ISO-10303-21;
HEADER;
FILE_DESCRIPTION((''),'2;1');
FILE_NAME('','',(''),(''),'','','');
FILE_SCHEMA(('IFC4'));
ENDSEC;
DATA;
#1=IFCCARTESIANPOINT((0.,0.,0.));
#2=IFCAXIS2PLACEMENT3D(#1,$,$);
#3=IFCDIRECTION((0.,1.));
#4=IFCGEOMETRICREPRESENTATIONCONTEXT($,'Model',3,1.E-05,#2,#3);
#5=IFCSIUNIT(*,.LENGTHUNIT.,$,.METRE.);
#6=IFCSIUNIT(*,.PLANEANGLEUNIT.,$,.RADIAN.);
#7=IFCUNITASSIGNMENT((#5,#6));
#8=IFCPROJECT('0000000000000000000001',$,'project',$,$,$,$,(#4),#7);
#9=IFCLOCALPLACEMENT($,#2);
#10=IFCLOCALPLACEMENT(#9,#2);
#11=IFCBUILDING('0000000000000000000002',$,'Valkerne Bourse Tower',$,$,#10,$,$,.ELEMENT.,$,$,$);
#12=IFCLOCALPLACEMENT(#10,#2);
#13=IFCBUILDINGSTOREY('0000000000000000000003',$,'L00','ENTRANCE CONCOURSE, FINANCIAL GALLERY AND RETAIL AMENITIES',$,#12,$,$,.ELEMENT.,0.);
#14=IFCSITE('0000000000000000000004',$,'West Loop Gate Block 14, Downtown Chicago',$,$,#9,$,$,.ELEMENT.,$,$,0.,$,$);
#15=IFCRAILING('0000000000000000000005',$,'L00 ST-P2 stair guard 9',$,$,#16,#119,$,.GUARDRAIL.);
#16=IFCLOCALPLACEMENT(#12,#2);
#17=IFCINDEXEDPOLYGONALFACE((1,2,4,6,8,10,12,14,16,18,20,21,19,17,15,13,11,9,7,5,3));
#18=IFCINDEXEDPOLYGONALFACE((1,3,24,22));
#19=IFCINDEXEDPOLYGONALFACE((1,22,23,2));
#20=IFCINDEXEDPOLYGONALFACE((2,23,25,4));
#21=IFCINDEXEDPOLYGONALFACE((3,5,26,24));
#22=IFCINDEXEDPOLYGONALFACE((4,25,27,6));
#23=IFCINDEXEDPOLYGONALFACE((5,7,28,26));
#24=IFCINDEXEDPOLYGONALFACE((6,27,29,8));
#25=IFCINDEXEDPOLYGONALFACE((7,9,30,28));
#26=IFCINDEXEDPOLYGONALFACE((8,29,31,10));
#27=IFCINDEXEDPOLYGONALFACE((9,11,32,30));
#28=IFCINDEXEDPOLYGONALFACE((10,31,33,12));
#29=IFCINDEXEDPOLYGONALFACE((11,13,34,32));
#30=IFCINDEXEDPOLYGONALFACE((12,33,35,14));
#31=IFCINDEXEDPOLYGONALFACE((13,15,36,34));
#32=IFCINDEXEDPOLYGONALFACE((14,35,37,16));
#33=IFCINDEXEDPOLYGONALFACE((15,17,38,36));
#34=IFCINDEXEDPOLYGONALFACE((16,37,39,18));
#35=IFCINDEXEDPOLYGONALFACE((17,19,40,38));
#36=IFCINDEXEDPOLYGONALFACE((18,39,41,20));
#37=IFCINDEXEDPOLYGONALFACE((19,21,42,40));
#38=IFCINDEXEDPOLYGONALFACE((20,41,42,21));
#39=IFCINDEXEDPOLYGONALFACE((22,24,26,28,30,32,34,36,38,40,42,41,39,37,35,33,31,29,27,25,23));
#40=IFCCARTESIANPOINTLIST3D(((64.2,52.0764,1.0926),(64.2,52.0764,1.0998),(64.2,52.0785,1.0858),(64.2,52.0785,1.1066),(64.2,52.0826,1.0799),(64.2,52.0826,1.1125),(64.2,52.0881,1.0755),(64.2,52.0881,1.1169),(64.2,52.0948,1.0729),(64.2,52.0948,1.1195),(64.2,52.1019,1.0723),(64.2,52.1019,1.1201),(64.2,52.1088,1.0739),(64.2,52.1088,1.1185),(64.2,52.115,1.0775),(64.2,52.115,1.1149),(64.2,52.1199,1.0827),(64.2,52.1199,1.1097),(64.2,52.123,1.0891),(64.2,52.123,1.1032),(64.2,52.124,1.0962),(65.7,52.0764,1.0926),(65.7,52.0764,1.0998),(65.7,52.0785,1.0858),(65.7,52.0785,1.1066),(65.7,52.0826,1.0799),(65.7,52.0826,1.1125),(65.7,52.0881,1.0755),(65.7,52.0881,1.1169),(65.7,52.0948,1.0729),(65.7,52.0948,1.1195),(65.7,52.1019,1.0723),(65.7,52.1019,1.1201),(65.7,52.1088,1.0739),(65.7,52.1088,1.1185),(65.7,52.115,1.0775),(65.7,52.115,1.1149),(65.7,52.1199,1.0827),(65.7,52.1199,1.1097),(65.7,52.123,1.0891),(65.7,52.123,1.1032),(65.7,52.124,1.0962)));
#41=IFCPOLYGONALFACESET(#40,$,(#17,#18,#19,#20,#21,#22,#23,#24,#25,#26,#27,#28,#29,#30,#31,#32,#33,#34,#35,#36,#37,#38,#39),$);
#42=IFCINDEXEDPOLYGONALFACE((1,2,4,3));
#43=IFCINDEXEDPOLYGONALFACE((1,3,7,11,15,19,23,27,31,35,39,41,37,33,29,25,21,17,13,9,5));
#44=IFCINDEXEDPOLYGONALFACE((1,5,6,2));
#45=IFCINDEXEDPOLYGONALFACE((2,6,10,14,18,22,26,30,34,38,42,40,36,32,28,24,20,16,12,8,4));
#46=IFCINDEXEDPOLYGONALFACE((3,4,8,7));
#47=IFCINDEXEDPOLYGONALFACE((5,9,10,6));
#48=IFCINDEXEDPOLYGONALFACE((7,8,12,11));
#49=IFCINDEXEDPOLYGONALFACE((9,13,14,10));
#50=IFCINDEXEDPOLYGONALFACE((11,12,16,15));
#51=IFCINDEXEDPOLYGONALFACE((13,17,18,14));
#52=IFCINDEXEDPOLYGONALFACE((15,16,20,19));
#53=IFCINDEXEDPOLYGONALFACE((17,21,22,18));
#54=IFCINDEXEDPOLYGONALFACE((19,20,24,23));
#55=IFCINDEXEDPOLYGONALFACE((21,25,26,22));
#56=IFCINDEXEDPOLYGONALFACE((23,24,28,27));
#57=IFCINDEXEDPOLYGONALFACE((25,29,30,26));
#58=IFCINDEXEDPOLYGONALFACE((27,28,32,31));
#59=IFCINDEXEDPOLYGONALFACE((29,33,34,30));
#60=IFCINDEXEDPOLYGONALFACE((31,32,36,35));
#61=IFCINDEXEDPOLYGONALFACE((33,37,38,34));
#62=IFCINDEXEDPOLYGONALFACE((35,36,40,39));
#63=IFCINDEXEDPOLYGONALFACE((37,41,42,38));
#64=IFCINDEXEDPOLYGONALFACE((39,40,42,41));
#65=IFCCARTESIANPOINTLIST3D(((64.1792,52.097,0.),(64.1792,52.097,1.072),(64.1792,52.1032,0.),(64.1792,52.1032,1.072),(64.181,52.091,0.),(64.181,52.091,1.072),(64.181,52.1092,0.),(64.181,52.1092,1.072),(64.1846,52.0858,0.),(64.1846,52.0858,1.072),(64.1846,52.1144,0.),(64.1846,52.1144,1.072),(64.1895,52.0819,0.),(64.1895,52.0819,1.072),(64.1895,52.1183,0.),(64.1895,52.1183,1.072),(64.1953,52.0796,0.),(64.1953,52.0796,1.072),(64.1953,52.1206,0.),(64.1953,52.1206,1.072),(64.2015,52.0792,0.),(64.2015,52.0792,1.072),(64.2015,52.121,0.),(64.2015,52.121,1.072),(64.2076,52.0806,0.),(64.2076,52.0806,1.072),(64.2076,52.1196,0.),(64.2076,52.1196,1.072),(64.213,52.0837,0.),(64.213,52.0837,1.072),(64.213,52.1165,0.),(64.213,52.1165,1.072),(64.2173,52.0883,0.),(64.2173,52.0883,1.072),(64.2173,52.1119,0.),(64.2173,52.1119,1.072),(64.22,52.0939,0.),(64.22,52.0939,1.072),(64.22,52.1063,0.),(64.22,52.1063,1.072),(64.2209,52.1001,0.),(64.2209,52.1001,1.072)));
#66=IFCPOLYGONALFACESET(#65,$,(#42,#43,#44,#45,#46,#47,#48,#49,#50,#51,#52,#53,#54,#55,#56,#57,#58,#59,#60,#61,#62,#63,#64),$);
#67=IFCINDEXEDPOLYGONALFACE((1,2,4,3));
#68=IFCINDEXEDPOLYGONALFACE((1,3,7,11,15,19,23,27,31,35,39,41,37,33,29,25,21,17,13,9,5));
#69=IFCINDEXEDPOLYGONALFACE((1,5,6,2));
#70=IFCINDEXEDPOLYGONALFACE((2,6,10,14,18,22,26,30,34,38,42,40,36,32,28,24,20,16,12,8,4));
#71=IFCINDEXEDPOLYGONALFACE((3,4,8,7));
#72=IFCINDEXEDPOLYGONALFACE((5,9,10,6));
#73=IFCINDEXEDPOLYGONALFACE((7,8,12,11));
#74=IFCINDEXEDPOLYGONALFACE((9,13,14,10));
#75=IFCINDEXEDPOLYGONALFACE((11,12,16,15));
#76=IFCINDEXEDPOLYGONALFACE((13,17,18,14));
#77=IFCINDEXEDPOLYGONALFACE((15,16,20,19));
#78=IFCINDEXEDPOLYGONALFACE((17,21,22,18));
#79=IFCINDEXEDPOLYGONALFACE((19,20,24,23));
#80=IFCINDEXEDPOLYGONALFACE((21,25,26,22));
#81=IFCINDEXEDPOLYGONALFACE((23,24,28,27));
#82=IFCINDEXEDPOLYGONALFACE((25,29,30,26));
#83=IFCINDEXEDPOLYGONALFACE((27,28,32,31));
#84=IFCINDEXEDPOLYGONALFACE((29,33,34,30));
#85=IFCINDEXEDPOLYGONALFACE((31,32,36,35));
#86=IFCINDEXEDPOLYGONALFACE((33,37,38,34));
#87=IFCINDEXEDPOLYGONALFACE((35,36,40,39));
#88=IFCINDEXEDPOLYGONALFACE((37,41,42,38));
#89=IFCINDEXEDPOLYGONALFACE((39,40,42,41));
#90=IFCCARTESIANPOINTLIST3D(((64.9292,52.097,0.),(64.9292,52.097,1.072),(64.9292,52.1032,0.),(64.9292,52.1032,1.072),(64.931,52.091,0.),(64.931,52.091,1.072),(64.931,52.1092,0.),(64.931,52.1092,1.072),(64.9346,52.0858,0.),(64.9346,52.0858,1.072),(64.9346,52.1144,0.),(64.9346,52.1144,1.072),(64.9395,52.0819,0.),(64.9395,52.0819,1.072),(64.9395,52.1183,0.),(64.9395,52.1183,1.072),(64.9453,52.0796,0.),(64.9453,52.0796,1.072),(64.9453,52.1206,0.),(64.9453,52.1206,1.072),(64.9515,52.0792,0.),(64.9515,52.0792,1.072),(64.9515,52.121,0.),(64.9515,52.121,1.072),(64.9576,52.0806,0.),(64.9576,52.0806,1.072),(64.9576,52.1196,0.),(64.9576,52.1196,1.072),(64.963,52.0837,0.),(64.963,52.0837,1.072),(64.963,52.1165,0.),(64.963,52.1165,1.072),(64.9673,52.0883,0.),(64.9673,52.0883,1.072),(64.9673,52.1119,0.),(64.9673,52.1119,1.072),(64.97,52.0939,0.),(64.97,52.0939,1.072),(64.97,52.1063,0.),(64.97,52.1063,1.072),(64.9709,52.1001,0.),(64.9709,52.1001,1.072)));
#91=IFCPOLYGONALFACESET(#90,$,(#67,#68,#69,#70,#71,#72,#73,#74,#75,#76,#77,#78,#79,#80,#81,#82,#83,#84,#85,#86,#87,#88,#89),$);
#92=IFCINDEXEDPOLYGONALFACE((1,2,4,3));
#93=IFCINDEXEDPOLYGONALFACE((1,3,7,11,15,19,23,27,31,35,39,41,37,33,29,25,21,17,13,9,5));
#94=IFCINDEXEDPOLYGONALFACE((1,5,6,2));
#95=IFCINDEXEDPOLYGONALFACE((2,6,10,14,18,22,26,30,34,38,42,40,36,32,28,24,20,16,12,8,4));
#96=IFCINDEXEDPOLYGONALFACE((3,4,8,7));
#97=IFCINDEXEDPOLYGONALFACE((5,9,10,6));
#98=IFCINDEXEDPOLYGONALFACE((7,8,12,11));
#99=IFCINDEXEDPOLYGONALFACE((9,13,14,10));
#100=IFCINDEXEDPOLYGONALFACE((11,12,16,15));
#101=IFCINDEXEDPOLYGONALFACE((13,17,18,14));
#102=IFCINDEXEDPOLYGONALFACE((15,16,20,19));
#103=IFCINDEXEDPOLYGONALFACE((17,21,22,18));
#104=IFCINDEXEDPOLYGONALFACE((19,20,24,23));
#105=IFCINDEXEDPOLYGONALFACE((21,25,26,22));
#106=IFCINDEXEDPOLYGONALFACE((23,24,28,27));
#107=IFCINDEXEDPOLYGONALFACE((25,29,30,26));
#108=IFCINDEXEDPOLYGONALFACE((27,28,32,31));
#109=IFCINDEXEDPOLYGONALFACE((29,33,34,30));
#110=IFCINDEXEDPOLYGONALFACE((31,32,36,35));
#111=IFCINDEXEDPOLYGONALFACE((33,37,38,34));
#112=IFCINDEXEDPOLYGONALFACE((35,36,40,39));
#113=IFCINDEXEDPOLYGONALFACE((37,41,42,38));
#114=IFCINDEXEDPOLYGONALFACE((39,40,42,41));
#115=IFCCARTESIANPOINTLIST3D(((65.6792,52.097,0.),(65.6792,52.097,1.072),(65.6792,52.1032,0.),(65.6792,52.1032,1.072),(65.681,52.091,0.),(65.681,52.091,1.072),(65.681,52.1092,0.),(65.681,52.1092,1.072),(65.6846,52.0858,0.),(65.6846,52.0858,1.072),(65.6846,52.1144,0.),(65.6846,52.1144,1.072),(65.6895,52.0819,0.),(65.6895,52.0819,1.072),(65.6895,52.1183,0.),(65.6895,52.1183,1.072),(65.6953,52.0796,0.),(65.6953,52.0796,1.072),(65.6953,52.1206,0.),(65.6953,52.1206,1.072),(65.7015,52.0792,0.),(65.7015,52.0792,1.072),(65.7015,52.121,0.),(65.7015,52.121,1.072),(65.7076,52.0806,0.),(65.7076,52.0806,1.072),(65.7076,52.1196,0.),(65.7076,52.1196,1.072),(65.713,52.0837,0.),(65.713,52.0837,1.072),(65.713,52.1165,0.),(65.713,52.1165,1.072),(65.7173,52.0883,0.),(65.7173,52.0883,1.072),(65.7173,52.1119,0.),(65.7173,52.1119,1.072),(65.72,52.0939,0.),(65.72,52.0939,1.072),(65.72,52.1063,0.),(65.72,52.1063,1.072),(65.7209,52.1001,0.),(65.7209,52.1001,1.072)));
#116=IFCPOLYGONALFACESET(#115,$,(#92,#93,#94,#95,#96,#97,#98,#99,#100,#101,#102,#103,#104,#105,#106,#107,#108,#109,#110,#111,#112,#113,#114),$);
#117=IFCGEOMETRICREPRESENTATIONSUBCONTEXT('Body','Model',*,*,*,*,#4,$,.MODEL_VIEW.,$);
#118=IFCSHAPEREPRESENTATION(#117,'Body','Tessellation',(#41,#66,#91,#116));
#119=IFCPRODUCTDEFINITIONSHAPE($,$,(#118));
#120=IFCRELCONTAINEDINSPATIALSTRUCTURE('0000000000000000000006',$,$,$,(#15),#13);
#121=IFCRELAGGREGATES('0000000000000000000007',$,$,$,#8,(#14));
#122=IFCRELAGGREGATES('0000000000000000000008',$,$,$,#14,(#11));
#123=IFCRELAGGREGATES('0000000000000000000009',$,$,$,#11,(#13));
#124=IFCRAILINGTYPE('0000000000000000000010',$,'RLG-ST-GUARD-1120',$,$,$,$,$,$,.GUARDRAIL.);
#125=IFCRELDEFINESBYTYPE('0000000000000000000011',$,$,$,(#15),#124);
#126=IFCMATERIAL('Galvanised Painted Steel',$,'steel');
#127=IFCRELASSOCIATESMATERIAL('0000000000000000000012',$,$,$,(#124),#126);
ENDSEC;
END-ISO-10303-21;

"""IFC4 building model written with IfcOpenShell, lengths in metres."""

from ifc_helpers import new_model, si_unit, direction, frame, origin, origin_2d, place, context, subcontext, project, spatial, circle, extrude, material, type_object, element, save


model = new_model("IFC4")

# Units and contexts
model_context = context("Model", 3, precision=1e-05, world=origin(), true_north=direction((0.0, 1.0)))
body_context = subcontext(model_context, "Body", "Model", "MODEL_VIEW")
ifc_project = project(units=[si_unit("LENGTHUNIT", "METRE"), si_unit("PLANEANGLEUNIT", "RADIAN")], contexts=[model_context])

# Site, building, storey
site_placement = place(None, origin())
site = spatial("IfcSite", under=ifc_project, at=site_placement, Name="West Loop Gate Block 14, Downtown Chicago", CompositionType="ELEMENT", RefElevation=0.0)
building_placement = place(site_placement, origin())
building = spatial("IfcBuilding", under=site, at=building_placement, Name="Valkerne Bourse Tower", CompositionType="ELEMENT")
storey_placement = place(building_placement, origin())
storey = spatial("IfcBuildingStorey", under=building, at=storey_placement, Name="L00", Description="ENTRANCE CONCOURSE, FINANCIAL GALLERY AND RETAIL AMENITIES", CompositionType="ELEMENT", Elevation=0.0)

# Shared definitions
ifc_material_1 = material(Name="Galvanised Painted Steel", Category="steel")

# Railing
railing_type_1 = type_object("IfcRailingType", Name="RLG-ST-GUARD-1120", PredefinedType="GUARDRAIL", material=ifc_material_1)
for number, where, name in (
    (1, (64.2, 52.1001, 0.0), "L00 ST-P2 stair guard 9"),
):
    element("IfcRailing", number, at=place(storey_placement, frame(where)), inside=storey, type_object=railing_type_1, Name=name, PredefinedType="GUARDRAIL", context=body_context, shape_type="SweptSolid", body=[
        extrude(circle(Radius=0.0239, at=origin_2d()), frame((0.0, 0.0, 1.0962), z_axis=(1.0, 0.0, 0.0), x_axis=(0.0, 1.0, 0.0)), (0.0, 0.0, 1.0), 1.5),
        extrude(circle(Radius=0.021, at=origin_2d()), origin(), (0.0, 0.0, 1.0), 1.072),
        extrude(circle(Radius=0.021, at=origin_2d()), frame((0.75, 0.0, 0.0)), (0.0, 0.0, 1.0), 1.072),
        extrude(circle(Radius=0.021, at=origin_2d()), frame((1.5, 0.0, 0.0)), (0.0, 0.0, 1.0), 1.072),
    ])

save(model, "model.ifc")
